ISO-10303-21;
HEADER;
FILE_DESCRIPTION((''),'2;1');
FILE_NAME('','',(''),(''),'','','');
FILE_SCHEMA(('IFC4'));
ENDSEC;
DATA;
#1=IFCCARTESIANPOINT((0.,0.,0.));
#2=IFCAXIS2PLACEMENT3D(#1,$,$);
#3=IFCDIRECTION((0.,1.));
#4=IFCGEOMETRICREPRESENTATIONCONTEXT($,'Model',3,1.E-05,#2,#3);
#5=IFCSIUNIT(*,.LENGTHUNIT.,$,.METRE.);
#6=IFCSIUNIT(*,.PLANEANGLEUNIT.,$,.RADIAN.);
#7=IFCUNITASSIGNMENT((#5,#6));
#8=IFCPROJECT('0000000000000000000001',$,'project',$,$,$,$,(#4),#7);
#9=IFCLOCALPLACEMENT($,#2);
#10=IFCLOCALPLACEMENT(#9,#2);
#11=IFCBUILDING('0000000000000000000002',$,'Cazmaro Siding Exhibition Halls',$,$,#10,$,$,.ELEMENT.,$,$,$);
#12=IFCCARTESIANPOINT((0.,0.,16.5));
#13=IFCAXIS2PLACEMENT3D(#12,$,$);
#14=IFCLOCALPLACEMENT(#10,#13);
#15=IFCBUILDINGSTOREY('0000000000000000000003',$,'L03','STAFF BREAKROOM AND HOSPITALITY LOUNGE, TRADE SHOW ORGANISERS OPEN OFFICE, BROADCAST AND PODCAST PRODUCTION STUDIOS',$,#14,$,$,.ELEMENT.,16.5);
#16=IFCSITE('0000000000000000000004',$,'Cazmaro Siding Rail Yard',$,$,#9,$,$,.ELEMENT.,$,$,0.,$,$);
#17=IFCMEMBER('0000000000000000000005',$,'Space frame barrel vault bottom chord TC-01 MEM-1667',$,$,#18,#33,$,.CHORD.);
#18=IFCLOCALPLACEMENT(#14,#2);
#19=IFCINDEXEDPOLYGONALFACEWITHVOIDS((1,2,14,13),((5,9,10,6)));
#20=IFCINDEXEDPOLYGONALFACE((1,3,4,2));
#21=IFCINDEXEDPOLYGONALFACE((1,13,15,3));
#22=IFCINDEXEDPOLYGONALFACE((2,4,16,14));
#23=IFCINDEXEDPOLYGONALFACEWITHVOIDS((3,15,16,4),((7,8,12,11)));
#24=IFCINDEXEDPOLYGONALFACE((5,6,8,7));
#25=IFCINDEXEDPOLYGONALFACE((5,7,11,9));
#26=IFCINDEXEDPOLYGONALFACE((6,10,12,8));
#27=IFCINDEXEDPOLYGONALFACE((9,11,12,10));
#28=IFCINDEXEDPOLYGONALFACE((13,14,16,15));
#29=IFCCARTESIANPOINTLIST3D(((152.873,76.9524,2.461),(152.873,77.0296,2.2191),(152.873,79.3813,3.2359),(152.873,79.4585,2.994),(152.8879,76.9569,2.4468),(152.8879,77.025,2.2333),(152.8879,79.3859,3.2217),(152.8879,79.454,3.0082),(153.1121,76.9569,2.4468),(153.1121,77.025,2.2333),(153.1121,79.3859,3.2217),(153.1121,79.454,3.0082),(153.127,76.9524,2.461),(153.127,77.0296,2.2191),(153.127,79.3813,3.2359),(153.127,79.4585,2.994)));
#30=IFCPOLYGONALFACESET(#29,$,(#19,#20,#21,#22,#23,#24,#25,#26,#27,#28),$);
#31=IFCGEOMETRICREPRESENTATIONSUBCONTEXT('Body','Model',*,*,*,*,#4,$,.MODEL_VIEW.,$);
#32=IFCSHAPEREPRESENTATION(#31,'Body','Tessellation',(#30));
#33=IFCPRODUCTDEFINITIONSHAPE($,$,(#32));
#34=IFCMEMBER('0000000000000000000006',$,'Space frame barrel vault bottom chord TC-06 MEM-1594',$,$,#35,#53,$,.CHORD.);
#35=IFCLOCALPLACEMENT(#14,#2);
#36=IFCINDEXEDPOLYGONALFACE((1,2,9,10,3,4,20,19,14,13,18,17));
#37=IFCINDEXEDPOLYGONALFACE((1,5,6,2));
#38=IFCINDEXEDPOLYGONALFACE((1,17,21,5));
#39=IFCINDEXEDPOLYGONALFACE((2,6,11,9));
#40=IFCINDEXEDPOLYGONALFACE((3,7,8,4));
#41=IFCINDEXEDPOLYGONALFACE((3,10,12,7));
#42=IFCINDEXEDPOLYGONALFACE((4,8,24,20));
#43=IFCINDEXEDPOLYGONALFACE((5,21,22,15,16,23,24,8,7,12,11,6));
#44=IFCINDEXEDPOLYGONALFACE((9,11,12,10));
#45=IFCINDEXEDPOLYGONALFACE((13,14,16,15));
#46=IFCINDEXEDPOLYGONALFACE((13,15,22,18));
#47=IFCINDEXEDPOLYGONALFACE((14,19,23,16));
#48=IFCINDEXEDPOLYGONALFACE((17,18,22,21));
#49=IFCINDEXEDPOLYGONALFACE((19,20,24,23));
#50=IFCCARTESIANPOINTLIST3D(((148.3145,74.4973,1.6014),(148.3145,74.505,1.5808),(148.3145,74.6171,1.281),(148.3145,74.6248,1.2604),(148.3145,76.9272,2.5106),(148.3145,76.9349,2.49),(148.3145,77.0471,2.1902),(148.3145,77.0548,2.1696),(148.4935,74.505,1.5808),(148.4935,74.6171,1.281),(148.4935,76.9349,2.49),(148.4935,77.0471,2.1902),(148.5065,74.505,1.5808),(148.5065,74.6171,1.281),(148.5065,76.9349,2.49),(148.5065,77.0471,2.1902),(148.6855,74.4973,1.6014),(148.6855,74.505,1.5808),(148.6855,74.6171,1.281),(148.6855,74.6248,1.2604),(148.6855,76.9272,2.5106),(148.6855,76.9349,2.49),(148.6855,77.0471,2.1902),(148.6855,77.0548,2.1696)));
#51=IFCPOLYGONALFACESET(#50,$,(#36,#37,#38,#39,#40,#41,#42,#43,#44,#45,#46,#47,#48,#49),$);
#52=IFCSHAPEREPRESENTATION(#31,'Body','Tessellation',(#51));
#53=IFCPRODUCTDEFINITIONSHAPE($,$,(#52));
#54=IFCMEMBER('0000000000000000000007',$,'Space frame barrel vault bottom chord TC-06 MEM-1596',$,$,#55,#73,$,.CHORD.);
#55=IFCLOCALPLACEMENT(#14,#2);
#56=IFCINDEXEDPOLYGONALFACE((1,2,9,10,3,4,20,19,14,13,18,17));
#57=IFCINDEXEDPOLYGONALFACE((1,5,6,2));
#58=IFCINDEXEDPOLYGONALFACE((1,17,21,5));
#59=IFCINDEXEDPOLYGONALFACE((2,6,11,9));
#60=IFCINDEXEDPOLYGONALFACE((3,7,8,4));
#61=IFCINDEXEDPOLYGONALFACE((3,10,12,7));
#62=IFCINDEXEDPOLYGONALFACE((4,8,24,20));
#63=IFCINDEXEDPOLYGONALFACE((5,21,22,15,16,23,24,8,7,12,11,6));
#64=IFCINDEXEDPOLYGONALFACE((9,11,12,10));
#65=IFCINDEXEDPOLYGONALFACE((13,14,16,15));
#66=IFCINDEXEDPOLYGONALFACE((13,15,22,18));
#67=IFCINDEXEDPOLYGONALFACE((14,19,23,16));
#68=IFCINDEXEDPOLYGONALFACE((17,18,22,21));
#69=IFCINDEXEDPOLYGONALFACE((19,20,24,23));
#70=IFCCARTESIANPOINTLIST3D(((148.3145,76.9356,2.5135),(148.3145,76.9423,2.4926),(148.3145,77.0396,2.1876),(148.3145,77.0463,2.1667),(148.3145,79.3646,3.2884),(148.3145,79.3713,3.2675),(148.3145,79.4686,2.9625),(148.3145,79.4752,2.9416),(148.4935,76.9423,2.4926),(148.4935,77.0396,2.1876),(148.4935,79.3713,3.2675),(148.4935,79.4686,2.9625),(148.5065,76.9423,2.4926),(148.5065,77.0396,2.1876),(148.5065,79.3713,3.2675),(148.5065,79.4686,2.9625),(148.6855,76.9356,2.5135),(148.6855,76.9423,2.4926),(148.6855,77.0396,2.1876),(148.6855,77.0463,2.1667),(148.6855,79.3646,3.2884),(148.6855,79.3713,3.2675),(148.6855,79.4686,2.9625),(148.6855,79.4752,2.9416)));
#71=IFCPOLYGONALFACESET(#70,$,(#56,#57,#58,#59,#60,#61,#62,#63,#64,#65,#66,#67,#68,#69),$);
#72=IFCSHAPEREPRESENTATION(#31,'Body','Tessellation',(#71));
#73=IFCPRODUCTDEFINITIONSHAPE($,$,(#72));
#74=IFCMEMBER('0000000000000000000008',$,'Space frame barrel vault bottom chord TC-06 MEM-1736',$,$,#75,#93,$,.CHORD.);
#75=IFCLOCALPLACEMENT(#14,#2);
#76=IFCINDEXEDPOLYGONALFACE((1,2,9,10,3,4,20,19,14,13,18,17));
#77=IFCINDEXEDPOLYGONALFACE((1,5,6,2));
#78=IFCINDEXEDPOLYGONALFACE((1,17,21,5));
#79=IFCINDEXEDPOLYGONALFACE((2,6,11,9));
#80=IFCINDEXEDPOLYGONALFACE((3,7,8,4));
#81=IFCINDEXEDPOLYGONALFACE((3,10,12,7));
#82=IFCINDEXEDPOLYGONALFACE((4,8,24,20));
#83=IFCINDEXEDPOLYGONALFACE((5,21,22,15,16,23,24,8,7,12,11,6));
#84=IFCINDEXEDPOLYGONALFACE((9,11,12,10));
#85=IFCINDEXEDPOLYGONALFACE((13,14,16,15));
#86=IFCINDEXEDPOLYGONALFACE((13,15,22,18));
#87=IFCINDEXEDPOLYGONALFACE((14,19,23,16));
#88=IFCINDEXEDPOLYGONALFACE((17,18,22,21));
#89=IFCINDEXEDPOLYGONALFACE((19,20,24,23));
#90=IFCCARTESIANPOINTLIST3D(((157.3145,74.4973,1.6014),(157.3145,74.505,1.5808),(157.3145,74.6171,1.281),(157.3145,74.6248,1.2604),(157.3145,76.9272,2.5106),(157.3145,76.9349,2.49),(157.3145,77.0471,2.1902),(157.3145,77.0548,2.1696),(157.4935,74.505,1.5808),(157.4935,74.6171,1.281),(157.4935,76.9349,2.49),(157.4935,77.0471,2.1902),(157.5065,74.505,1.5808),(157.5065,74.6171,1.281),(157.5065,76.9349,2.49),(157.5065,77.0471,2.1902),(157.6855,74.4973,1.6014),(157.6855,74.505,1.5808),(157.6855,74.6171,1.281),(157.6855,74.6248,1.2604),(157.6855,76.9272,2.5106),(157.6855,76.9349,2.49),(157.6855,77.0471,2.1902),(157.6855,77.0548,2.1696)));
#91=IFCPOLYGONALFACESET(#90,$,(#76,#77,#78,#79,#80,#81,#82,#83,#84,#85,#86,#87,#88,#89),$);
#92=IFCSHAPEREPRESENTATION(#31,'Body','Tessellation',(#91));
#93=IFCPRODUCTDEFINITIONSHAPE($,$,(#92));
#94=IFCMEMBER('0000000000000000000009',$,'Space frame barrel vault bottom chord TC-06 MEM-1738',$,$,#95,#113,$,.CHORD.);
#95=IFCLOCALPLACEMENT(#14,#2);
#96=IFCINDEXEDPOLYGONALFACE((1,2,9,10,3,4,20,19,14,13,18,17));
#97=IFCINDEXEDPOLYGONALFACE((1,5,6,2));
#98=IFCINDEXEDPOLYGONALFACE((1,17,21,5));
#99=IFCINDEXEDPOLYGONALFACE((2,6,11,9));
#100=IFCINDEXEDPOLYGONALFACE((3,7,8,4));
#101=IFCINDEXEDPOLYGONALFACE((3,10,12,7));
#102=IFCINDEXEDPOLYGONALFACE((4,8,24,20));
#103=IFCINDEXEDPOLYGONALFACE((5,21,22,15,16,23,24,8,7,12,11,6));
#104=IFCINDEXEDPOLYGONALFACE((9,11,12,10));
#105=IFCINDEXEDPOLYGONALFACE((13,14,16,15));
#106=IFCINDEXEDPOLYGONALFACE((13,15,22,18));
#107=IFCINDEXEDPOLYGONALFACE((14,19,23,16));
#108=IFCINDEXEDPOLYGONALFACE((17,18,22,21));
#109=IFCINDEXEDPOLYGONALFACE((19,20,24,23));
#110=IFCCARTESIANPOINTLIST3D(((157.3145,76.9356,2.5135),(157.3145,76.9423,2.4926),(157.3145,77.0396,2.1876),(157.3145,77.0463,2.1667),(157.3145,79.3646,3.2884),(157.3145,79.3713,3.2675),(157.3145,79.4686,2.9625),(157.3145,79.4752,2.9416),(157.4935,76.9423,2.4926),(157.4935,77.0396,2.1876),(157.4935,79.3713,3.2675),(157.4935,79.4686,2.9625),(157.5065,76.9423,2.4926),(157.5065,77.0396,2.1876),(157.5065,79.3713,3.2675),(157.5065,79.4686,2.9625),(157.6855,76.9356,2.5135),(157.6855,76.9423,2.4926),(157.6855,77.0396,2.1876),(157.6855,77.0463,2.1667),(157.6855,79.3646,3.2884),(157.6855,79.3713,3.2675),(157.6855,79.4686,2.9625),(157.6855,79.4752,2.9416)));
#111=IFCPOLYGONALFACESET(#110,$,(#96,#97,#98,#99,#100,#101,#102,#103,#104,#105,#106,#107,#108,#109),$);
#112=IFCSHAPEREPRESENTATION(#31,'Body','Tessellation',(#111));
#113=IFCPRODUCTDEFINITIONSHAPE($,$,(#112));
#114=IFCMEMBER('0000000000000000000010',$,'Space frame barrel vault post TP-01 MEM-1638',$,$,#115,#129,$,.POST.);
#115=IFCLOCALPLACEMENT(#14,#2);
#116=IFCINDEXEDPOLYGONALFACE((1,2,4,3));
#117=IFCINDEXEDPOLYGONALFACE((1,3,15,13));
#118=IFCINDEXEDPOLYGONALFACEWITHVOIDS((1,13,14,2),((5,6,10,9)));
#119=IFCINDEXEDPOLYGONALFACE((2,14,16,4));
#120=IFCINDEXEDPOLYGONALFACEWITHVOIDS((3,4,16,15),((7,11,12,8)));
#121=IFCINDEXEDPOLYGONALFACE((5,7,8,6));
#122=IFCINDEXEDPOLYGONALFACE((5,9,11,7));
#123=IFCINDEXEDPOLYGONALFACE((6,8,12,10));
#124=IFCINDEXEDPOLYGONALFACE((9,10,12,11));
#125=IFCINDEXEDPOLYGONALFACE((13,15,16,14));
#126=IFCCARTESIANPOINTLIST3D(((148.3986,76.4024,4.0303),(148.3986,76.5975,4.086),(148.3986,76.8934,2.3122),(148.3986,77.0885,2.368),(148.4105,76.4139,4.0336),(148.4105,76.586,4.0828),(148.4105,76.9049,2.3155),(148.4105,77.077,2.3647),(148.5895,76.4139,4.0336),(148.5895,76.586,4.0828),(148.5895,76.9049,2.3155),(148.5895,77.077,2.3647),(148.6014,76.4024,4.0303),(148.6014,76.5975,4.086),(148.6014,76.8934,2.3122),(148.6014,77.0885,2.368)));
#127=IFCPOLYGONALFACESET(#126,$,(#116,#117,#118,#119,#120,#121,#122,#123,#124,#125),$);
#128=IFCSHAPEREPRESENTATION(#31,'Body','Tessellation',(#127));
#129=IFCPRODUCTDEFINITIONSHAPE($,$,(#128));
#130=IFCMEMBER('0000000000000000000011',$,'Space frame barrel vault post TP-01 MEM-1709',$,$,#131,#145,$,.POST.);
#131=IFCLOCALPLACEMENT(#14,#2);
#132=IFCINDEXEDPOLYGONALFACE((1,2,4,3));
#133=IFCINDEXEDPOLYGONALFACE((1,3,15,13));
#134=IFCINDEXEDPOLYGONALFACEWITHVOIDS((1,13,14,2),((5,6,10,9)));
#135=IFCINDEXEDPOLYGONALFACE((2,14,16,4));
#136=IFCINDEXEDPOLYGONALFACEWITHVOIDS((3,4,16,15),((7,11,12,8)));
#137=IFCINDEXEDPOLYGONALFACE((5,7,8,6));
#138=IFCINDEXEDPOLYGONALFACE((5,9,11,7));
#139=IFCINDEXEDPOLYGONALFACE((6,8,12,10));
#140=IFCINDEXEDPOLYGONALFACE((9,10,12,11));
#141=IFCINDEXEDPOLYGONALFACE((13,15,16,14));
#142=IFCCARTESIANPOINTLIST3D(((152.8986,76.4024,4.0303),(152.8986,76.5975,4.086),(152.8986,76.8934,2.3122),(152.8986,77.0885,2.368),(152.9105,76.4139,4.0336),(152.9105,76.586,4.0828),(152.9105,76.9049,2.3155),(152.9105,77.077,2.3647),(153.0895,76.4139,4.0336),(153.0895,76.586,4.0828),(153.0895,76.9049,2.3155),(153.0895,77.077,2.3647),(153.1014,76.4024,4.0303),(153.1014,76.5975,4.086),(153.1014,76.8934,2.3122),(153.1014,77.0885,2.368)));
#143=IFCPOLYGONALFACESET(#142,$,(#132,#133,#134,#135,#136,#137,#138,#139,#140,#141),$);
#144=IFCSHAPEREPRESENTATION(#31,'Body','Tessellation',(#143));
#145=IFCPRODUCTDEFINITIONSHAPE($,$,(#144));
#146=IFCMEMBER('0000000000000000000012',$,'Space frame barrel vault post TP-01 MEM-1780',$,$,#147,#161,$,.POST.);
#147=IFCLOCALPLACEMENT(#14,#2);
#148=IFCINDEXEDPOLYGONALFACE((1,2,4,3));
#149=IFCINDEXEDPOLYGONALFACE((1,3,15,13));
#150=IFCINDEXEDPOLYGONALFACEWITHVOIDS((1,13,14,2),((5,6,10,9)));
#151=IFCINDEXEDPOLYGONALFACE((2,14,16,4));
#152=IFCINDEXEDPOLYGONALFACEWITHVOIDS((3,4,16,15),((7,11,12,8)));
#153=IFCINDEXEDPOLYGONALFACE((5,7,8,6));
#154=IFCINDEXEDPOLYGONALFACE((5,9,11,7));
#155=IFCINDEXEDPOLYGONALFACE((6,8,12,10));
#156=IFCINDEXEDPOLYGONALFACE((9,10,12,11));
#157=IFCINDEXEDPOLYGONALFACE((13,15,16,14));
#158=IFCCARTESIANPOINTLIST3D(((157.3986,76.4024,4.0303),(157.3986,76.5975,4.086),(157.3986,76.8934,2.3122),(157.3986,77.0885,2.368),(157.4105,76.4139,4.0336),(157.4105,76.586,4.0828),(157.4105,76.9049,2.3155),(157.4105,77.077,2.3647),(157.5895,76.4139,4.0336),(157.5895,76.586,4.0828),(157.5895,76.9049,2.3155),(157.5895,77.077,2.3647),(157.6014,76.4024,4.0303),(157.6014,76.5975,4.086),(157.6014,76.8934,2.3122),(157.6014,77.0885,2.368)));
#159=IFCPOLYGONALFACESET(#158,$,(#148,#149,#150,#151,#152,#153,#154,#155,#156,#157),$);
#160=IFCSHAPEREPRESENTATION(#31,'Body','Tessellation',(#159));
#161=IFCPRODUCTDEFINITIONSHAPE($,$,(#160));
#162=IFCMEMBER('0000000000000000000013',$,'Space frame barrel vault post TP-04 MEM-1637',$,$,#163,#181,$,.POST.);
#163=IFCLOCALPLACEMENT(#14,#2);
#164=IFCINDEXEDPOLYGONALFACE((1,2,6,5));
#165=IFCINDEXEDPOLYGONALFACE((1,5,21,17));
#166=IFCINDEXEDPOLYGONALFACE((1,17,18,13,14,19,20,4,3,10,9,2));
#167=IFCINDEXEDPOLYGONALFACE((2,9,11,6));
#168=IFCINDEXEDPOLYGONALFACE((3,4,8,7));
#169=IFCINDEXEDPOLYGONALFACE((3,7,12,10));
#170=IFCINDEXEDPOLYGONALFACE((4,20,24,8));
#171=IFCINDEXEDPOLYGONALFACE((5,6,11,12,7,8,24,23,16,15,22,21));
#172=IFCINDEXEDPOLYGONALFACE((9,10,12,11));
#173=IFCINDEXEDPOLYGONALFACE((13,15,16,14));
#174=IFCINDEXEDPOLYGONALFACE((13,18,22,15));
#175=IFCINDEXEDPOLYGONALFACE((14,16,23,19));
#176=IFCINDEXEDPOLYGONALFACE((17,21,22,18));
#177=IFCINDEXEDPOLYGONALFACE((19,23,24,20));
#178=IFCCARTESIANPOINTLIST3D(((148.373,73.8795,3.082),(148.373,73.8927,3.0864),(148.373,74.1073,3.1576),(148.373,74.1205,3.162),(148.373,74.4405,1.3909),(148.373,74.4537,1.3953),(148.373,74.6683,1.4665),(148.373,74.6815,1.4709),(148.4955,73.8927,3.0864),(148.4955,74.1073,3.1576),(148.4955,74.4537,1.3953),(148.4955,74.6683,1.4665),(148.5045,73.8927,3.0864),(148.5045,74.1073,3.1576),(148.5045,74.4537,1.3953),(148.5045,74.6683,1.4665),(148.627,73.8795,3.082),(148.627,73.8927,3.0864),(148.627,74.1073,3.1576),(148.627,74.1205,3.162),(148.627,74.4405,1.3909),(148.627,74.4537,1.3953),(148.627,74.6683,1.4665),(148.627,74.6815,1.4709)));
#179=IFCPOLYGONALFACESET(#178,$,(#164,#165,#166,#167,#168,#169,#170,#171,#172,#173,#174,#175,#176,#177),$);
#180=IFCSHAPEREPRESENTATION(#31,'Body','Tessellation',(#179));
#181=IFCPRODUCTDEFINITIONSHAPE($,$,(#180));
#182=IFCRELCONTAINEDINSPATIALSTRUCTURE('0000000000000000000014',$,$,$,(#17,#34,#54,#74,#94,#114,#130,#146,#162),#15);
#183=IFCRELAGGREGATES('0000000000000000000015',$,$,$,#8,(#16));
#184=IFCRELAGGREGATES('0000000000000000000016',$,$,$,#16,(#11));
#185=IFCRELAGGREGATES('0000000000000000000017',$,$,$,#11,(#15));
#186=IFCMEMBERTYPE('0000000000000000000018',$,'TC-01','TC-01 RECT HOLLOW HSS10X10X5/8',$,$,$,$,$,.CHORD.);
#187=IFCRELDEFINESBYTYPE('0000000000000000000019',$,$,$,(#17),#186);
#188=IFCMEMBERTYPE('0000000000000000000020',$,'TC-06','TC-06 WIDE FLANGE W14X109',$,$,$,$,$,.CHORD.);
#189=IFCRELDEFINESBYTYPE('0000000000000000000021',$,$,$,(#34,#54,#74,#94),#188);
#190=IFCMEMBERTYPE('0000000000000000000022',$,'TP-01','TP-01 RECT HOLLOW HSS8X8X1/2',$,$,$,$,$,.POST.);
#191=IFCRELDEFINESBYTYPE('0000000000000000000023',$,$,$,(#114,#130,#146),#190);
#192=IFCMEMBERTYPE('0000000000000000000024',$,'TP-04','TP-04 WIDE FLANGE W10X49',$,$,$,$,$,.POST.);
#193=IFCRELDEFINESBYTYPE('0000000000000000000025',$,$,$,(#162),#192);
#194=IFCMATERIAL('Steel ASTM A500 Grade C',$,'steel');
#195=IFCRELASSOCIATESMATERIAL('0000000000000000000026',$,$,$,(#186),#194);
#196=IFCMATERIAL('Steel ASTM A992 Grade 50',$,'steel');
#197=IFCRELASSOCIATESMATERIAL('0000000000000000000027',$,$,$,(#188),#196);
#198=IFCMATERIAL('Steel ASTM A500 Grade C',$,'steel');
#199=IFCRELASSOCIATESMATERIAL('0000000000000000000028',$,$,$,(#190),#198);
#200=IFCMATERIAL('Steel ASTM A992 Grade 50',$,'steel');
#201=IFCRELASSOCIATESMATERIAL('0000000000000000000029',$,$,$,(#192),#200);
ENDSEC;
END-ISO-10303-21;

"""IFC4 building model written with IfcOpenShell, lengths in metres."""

from ifc_helpers import new_model, si_unit, direction, frame, origin, origin_2d, place, context, subcontext, project, spatial, hollow_rectangle, i_section, extrude, material, material_profile, profile_set, type_object, element, save


model = new_model("IFC4")

# Units and contexts
model_context = context("Model", 3, precision=1e-05, world=origin(), true_north=direction((0.0, 1.0)))
body_context = subcontext(model_context, "Body", "Model", "MODEL_VIEW")
ifc_project = project(units=[si_unit("LENGTHUNIT", "METRE"), si_unit("PLANEANGLEUNIT", "RADIAN")], contexts=[model_context])

# Site, building, storey
site_placement = place(None, origin())
site = spatial("IfcSite", under=ifc_project, at=site_placement, Name="Cazmaro Siding Rail Yard", CompositionType="ELEMENT", RefElevation=0.0)
building_placement = place(site_placement, origin())
building = spatial("IfcBuilding", under=site, at=building_placement, Name="Cazmaro Siding Exhibition Halls", CompositionType="ELEMENT")
storey_placement = place(building_placement, frame((0.0, 0.0, 16.5)))
storey = spatial("IfcBuildingStorey", under=building, at=storey_placement, Name="L03", Description="STAFF BREAKROOM AND HOSPITALITY LOUNGE, TRADE SHOW ORGANISERS OPEN OFFICE, BROADCAST AND PODCAST PRODUCTION STUDIOS", CompositionType="ELEMENT", Elevation=16.5)

# Members
ifc_material_1 = material(Name="Steel ASTM A500 Grade C", Category="steel")
ifc_material_profile_1 = material_profile(ifc_material_1, hollow_rectangle(XDim=0.2539, YDim=0.2539, WallThickness=0.0149, at=origin_2d()), Name="HSS10X10X5/8")
ifc_profile_set_1 = profile_set([ifc_material_profile_1], Name="Steel ASTM A500 Grade C")
member_type_1 = type_object("IfcMemberType", Name="TC-01", Description="TC-01 RECT HOLLOW HSS10X10X5/8", PredefinedType="CHORD", material=ifc_profile_set_1)
member_1_placement = place(storey_placement, frame((153.0, 76.991, 2.3401), z_axis=(0.0, 0.952693, 0.303935), x_axis=(-1.0, 0.0, 0.0)))
element("IfcMember", 1, at=member_1_placement, inside=storey, type_object=member_type_1, Name="Space frame barrel vault bottom chord TC-01 MEM-1667", PredefinedType="CHORD", context=body_context, shape_type="SweptSolid", body=[
    extrude(hollow_rectangle(XDim=0.2539, YDim=0.2539, WallThickness=0.0149, at=origin_2d()), origin(), (0.0, 0.0, 1.0), 2.5496),
])
ifc_material_2 = material(Name="Steel ASTM A992 Grade 50", Category="steel")
ifc_material_profile_2 = material_profile(ifc_material_2, i_section(OverallWidth=0.3711, OverallDepth=0.364, WebThickness=0.0129, FlangeThickness=0.022, at=origin_2d()), Name="W14X109")
ifc_profile_set_2 = profile_set([ifc_material_profile_2], Name="Steel ASTM A992 Grade 50")
member_type_2 = type_object("IfcMemberType", Name="TC-06", Description="TC-06 WIDE FLANGE W14X109", PredefinedType="CHORD", material=ifc_profile_set_2)
member_2_placement = place(storey_placement, frame((148.5, 74.561, 1.4309), z_axis=(0.0, 0.936588, 0.350432), x_axis=(-1.0, 0.0, 0.0)))
element("IfcMember", 2, at=member_2_placement, inside=storey, type_object=member_type_2, Name="Space frame barrel vault bottom chord TC-06 MEM-1594", PredefinedType="CHORD", context=body_context, shape_type="SweptSolid", body=[
    extrude(i_section(OverallWidth=0.3711, OverallDepth=0.364, WebThickness=0.0129, FlangeThickness=0.022, at=origin_2d()), origin(), (0.0, 0.0, 1.0), 2.5945),
])
member_3_placement = place(storey_placement, frame((148.5, 76.991, 2.3401), z_axis=(0.0, 0.952693, 0.303935), x_axis=(-1.0, 0.0, 0.0)))
element("IfcMember", 3, at=member_3_placement, inside=storey, type_object=member_type_2, Name="Space frame barrel vault bottom chord TC-06 MEM-1596", PredefinedType="CHORD", context=body_context, shape_type="SweptSolid", body=[
    extrude(i_section(OverallWidth=0.3711, OverallDepth=0.364, WebThickness=0.0129, FlangeThickness=0.022, at=origin_2d()), origin(), (0.0, 0.0, 1.0), 2.5496),
])
member_4_placement = place(storey_placement, frame((157.5, 74.561, 1.4309), z_axis=(0.0, 0.936588, 0.350432), x_axis=(-1.0, 0.0, 0.0)))
element("IfcMember", 4, at=member_4_placement, inside=storey, type_object=member_type_2, Name="Space frame barrel vault bottom chord TC-06 MEM-1736", PredefinedType="CHORD", context=body_context, shape_type="SweptSolid", body=[
    extrude(i_section(OverallWidth=0.3711, OverallDepth=0.364, WebThickness=0.0129, FlangeThickness=0.022, at=origin_2d()), origin(), (0.0, 0.0, 1.0), 2.5945),
])
member_5_placement = place(storey_placement, frame((157.5, 76.991, 2.3401), z_axis=(0.0, 0.952693, 0.303935), x_axis=(-1.0, 0.0, 0.0)))
element("IfcMember", 5, at=member_5_placement, inside=storey, type_object=member_type_2, Name="Space frame barrel vault bottom chord TC-06 MEM-1738", PredefinedType="CHORD", context=body_context, shape_type="SweptSolid", body=[
    extrude(i_section(OverallWidth=0.3711, OverallDepth=0.364, WebThickness=0.0129, FlangeThickness=0.022, at=origin_2d()), origin(), (0.0, 0.0, 1.0), 2.5496),
])
ifc_material_3 = material(Name="Steel ASTM A500 Grade C", Category="steel")
ifc_material_profile_3 = material_profile(ifc_material_3, hollow_rectangle(XDim=0.2029, YDim=0.2029, WallThickness=0.012, at=origin_2d()), Name="HSS8X8X1/2")
ifc_profile_set_3 = profile_set([ifc_material_profile_3], Name="Steel ASTM A500 Grade C")
member_type_3 = type_object("IfcMemberType", Name="TP-01", Description="TP-01 RECT HOLLOW HSS8X8X1/2", PredefinedType="POST", material=ifc_profile_set_3)
for number, where, z_axis, x_axis, name in (
    (6, (148.5, 76.991, 2.3401), (0.0, -0.274775, 0.961508), (1.0, 0.0, 0.0), "Space frame barrel vault post TP-01 MEM-1638"),
    (7, (153.0, 76.991, 2.3401), (0.0, -0.274775, 0.961508), (1.0, 0.0, 0.0), "Space frame barrel vault post TP-01 MEM-1709"),
    (8, (157.5, 76.991, 2.3401), (0.0, -0.274775, 0.961508), (1.0, 0.0, 0.0), "Space frame barrel vault post TP-01 MEM-1780"),
):
    element("IfcMember", number, at=place(storey_placement, frame(where, z_axis=z_axis, x_axis=x_axis)), inside=storey, type_object=member_type_3, Name=name, PredefinedType="POST", context=body_context, shape_type="SweptSolid", body=[
        extrude(hollow_rectangle(XDim=0.2029, YDim=0.2029, WallThickness=0.012, at=origin_2d()), origin(), (0.0, 0.0, 1.0), 1.7869),
    ])
ifc_material_4 = material(Name="Steel ASTM A992 Grade 50", Category="steel")
ifc_material_profile_4 = material_profile(ifc_material_4, i_section(OverallWidth=0.2539, OverallDepth=0.2539, WebThickness=0.009, FlangeThickness=0.0139, at=origin_2d()), Name="W10X49")
ifc_profile_set_4 = profile_set([ifc_material_profile_4], Name="Steel ASTM A992 Grade 50")
member_type_4 = type_object("IfcMemberType", Name="TP-04", Description="TP-04 WIDE FLANGE W10X49", PredefinedType="POST", material=ifc_profile_set_4)
for number, where, z_axis, x_axis, name in (
    (9, (148.5, 74.561, 1.4309), (0.0, -0.314871, 0.949134), (1.0, 0.0, 0.0), "Space frame barrel vault post TP-04 MEM-1637"),
):
    element("IfcMember", number, at=place(storey_placement, frame(where, z_axis=z_axis, x_axis=x_axis)), inside=storey, type_object=member_type_4, Name=name, PredefinedType="POST", context=body_context, shape_type="SweptSolid", body=[
        extrude(i_section(OverallWidth=0.2539, OverallDepth=0.2539, WebThickness=0.009, FlangeThickness=0.0139, at=origin_2d()), origin(), (0.0, 0.0, 1.0), 1.7817),
    ])

save(model, "model.ifc")
